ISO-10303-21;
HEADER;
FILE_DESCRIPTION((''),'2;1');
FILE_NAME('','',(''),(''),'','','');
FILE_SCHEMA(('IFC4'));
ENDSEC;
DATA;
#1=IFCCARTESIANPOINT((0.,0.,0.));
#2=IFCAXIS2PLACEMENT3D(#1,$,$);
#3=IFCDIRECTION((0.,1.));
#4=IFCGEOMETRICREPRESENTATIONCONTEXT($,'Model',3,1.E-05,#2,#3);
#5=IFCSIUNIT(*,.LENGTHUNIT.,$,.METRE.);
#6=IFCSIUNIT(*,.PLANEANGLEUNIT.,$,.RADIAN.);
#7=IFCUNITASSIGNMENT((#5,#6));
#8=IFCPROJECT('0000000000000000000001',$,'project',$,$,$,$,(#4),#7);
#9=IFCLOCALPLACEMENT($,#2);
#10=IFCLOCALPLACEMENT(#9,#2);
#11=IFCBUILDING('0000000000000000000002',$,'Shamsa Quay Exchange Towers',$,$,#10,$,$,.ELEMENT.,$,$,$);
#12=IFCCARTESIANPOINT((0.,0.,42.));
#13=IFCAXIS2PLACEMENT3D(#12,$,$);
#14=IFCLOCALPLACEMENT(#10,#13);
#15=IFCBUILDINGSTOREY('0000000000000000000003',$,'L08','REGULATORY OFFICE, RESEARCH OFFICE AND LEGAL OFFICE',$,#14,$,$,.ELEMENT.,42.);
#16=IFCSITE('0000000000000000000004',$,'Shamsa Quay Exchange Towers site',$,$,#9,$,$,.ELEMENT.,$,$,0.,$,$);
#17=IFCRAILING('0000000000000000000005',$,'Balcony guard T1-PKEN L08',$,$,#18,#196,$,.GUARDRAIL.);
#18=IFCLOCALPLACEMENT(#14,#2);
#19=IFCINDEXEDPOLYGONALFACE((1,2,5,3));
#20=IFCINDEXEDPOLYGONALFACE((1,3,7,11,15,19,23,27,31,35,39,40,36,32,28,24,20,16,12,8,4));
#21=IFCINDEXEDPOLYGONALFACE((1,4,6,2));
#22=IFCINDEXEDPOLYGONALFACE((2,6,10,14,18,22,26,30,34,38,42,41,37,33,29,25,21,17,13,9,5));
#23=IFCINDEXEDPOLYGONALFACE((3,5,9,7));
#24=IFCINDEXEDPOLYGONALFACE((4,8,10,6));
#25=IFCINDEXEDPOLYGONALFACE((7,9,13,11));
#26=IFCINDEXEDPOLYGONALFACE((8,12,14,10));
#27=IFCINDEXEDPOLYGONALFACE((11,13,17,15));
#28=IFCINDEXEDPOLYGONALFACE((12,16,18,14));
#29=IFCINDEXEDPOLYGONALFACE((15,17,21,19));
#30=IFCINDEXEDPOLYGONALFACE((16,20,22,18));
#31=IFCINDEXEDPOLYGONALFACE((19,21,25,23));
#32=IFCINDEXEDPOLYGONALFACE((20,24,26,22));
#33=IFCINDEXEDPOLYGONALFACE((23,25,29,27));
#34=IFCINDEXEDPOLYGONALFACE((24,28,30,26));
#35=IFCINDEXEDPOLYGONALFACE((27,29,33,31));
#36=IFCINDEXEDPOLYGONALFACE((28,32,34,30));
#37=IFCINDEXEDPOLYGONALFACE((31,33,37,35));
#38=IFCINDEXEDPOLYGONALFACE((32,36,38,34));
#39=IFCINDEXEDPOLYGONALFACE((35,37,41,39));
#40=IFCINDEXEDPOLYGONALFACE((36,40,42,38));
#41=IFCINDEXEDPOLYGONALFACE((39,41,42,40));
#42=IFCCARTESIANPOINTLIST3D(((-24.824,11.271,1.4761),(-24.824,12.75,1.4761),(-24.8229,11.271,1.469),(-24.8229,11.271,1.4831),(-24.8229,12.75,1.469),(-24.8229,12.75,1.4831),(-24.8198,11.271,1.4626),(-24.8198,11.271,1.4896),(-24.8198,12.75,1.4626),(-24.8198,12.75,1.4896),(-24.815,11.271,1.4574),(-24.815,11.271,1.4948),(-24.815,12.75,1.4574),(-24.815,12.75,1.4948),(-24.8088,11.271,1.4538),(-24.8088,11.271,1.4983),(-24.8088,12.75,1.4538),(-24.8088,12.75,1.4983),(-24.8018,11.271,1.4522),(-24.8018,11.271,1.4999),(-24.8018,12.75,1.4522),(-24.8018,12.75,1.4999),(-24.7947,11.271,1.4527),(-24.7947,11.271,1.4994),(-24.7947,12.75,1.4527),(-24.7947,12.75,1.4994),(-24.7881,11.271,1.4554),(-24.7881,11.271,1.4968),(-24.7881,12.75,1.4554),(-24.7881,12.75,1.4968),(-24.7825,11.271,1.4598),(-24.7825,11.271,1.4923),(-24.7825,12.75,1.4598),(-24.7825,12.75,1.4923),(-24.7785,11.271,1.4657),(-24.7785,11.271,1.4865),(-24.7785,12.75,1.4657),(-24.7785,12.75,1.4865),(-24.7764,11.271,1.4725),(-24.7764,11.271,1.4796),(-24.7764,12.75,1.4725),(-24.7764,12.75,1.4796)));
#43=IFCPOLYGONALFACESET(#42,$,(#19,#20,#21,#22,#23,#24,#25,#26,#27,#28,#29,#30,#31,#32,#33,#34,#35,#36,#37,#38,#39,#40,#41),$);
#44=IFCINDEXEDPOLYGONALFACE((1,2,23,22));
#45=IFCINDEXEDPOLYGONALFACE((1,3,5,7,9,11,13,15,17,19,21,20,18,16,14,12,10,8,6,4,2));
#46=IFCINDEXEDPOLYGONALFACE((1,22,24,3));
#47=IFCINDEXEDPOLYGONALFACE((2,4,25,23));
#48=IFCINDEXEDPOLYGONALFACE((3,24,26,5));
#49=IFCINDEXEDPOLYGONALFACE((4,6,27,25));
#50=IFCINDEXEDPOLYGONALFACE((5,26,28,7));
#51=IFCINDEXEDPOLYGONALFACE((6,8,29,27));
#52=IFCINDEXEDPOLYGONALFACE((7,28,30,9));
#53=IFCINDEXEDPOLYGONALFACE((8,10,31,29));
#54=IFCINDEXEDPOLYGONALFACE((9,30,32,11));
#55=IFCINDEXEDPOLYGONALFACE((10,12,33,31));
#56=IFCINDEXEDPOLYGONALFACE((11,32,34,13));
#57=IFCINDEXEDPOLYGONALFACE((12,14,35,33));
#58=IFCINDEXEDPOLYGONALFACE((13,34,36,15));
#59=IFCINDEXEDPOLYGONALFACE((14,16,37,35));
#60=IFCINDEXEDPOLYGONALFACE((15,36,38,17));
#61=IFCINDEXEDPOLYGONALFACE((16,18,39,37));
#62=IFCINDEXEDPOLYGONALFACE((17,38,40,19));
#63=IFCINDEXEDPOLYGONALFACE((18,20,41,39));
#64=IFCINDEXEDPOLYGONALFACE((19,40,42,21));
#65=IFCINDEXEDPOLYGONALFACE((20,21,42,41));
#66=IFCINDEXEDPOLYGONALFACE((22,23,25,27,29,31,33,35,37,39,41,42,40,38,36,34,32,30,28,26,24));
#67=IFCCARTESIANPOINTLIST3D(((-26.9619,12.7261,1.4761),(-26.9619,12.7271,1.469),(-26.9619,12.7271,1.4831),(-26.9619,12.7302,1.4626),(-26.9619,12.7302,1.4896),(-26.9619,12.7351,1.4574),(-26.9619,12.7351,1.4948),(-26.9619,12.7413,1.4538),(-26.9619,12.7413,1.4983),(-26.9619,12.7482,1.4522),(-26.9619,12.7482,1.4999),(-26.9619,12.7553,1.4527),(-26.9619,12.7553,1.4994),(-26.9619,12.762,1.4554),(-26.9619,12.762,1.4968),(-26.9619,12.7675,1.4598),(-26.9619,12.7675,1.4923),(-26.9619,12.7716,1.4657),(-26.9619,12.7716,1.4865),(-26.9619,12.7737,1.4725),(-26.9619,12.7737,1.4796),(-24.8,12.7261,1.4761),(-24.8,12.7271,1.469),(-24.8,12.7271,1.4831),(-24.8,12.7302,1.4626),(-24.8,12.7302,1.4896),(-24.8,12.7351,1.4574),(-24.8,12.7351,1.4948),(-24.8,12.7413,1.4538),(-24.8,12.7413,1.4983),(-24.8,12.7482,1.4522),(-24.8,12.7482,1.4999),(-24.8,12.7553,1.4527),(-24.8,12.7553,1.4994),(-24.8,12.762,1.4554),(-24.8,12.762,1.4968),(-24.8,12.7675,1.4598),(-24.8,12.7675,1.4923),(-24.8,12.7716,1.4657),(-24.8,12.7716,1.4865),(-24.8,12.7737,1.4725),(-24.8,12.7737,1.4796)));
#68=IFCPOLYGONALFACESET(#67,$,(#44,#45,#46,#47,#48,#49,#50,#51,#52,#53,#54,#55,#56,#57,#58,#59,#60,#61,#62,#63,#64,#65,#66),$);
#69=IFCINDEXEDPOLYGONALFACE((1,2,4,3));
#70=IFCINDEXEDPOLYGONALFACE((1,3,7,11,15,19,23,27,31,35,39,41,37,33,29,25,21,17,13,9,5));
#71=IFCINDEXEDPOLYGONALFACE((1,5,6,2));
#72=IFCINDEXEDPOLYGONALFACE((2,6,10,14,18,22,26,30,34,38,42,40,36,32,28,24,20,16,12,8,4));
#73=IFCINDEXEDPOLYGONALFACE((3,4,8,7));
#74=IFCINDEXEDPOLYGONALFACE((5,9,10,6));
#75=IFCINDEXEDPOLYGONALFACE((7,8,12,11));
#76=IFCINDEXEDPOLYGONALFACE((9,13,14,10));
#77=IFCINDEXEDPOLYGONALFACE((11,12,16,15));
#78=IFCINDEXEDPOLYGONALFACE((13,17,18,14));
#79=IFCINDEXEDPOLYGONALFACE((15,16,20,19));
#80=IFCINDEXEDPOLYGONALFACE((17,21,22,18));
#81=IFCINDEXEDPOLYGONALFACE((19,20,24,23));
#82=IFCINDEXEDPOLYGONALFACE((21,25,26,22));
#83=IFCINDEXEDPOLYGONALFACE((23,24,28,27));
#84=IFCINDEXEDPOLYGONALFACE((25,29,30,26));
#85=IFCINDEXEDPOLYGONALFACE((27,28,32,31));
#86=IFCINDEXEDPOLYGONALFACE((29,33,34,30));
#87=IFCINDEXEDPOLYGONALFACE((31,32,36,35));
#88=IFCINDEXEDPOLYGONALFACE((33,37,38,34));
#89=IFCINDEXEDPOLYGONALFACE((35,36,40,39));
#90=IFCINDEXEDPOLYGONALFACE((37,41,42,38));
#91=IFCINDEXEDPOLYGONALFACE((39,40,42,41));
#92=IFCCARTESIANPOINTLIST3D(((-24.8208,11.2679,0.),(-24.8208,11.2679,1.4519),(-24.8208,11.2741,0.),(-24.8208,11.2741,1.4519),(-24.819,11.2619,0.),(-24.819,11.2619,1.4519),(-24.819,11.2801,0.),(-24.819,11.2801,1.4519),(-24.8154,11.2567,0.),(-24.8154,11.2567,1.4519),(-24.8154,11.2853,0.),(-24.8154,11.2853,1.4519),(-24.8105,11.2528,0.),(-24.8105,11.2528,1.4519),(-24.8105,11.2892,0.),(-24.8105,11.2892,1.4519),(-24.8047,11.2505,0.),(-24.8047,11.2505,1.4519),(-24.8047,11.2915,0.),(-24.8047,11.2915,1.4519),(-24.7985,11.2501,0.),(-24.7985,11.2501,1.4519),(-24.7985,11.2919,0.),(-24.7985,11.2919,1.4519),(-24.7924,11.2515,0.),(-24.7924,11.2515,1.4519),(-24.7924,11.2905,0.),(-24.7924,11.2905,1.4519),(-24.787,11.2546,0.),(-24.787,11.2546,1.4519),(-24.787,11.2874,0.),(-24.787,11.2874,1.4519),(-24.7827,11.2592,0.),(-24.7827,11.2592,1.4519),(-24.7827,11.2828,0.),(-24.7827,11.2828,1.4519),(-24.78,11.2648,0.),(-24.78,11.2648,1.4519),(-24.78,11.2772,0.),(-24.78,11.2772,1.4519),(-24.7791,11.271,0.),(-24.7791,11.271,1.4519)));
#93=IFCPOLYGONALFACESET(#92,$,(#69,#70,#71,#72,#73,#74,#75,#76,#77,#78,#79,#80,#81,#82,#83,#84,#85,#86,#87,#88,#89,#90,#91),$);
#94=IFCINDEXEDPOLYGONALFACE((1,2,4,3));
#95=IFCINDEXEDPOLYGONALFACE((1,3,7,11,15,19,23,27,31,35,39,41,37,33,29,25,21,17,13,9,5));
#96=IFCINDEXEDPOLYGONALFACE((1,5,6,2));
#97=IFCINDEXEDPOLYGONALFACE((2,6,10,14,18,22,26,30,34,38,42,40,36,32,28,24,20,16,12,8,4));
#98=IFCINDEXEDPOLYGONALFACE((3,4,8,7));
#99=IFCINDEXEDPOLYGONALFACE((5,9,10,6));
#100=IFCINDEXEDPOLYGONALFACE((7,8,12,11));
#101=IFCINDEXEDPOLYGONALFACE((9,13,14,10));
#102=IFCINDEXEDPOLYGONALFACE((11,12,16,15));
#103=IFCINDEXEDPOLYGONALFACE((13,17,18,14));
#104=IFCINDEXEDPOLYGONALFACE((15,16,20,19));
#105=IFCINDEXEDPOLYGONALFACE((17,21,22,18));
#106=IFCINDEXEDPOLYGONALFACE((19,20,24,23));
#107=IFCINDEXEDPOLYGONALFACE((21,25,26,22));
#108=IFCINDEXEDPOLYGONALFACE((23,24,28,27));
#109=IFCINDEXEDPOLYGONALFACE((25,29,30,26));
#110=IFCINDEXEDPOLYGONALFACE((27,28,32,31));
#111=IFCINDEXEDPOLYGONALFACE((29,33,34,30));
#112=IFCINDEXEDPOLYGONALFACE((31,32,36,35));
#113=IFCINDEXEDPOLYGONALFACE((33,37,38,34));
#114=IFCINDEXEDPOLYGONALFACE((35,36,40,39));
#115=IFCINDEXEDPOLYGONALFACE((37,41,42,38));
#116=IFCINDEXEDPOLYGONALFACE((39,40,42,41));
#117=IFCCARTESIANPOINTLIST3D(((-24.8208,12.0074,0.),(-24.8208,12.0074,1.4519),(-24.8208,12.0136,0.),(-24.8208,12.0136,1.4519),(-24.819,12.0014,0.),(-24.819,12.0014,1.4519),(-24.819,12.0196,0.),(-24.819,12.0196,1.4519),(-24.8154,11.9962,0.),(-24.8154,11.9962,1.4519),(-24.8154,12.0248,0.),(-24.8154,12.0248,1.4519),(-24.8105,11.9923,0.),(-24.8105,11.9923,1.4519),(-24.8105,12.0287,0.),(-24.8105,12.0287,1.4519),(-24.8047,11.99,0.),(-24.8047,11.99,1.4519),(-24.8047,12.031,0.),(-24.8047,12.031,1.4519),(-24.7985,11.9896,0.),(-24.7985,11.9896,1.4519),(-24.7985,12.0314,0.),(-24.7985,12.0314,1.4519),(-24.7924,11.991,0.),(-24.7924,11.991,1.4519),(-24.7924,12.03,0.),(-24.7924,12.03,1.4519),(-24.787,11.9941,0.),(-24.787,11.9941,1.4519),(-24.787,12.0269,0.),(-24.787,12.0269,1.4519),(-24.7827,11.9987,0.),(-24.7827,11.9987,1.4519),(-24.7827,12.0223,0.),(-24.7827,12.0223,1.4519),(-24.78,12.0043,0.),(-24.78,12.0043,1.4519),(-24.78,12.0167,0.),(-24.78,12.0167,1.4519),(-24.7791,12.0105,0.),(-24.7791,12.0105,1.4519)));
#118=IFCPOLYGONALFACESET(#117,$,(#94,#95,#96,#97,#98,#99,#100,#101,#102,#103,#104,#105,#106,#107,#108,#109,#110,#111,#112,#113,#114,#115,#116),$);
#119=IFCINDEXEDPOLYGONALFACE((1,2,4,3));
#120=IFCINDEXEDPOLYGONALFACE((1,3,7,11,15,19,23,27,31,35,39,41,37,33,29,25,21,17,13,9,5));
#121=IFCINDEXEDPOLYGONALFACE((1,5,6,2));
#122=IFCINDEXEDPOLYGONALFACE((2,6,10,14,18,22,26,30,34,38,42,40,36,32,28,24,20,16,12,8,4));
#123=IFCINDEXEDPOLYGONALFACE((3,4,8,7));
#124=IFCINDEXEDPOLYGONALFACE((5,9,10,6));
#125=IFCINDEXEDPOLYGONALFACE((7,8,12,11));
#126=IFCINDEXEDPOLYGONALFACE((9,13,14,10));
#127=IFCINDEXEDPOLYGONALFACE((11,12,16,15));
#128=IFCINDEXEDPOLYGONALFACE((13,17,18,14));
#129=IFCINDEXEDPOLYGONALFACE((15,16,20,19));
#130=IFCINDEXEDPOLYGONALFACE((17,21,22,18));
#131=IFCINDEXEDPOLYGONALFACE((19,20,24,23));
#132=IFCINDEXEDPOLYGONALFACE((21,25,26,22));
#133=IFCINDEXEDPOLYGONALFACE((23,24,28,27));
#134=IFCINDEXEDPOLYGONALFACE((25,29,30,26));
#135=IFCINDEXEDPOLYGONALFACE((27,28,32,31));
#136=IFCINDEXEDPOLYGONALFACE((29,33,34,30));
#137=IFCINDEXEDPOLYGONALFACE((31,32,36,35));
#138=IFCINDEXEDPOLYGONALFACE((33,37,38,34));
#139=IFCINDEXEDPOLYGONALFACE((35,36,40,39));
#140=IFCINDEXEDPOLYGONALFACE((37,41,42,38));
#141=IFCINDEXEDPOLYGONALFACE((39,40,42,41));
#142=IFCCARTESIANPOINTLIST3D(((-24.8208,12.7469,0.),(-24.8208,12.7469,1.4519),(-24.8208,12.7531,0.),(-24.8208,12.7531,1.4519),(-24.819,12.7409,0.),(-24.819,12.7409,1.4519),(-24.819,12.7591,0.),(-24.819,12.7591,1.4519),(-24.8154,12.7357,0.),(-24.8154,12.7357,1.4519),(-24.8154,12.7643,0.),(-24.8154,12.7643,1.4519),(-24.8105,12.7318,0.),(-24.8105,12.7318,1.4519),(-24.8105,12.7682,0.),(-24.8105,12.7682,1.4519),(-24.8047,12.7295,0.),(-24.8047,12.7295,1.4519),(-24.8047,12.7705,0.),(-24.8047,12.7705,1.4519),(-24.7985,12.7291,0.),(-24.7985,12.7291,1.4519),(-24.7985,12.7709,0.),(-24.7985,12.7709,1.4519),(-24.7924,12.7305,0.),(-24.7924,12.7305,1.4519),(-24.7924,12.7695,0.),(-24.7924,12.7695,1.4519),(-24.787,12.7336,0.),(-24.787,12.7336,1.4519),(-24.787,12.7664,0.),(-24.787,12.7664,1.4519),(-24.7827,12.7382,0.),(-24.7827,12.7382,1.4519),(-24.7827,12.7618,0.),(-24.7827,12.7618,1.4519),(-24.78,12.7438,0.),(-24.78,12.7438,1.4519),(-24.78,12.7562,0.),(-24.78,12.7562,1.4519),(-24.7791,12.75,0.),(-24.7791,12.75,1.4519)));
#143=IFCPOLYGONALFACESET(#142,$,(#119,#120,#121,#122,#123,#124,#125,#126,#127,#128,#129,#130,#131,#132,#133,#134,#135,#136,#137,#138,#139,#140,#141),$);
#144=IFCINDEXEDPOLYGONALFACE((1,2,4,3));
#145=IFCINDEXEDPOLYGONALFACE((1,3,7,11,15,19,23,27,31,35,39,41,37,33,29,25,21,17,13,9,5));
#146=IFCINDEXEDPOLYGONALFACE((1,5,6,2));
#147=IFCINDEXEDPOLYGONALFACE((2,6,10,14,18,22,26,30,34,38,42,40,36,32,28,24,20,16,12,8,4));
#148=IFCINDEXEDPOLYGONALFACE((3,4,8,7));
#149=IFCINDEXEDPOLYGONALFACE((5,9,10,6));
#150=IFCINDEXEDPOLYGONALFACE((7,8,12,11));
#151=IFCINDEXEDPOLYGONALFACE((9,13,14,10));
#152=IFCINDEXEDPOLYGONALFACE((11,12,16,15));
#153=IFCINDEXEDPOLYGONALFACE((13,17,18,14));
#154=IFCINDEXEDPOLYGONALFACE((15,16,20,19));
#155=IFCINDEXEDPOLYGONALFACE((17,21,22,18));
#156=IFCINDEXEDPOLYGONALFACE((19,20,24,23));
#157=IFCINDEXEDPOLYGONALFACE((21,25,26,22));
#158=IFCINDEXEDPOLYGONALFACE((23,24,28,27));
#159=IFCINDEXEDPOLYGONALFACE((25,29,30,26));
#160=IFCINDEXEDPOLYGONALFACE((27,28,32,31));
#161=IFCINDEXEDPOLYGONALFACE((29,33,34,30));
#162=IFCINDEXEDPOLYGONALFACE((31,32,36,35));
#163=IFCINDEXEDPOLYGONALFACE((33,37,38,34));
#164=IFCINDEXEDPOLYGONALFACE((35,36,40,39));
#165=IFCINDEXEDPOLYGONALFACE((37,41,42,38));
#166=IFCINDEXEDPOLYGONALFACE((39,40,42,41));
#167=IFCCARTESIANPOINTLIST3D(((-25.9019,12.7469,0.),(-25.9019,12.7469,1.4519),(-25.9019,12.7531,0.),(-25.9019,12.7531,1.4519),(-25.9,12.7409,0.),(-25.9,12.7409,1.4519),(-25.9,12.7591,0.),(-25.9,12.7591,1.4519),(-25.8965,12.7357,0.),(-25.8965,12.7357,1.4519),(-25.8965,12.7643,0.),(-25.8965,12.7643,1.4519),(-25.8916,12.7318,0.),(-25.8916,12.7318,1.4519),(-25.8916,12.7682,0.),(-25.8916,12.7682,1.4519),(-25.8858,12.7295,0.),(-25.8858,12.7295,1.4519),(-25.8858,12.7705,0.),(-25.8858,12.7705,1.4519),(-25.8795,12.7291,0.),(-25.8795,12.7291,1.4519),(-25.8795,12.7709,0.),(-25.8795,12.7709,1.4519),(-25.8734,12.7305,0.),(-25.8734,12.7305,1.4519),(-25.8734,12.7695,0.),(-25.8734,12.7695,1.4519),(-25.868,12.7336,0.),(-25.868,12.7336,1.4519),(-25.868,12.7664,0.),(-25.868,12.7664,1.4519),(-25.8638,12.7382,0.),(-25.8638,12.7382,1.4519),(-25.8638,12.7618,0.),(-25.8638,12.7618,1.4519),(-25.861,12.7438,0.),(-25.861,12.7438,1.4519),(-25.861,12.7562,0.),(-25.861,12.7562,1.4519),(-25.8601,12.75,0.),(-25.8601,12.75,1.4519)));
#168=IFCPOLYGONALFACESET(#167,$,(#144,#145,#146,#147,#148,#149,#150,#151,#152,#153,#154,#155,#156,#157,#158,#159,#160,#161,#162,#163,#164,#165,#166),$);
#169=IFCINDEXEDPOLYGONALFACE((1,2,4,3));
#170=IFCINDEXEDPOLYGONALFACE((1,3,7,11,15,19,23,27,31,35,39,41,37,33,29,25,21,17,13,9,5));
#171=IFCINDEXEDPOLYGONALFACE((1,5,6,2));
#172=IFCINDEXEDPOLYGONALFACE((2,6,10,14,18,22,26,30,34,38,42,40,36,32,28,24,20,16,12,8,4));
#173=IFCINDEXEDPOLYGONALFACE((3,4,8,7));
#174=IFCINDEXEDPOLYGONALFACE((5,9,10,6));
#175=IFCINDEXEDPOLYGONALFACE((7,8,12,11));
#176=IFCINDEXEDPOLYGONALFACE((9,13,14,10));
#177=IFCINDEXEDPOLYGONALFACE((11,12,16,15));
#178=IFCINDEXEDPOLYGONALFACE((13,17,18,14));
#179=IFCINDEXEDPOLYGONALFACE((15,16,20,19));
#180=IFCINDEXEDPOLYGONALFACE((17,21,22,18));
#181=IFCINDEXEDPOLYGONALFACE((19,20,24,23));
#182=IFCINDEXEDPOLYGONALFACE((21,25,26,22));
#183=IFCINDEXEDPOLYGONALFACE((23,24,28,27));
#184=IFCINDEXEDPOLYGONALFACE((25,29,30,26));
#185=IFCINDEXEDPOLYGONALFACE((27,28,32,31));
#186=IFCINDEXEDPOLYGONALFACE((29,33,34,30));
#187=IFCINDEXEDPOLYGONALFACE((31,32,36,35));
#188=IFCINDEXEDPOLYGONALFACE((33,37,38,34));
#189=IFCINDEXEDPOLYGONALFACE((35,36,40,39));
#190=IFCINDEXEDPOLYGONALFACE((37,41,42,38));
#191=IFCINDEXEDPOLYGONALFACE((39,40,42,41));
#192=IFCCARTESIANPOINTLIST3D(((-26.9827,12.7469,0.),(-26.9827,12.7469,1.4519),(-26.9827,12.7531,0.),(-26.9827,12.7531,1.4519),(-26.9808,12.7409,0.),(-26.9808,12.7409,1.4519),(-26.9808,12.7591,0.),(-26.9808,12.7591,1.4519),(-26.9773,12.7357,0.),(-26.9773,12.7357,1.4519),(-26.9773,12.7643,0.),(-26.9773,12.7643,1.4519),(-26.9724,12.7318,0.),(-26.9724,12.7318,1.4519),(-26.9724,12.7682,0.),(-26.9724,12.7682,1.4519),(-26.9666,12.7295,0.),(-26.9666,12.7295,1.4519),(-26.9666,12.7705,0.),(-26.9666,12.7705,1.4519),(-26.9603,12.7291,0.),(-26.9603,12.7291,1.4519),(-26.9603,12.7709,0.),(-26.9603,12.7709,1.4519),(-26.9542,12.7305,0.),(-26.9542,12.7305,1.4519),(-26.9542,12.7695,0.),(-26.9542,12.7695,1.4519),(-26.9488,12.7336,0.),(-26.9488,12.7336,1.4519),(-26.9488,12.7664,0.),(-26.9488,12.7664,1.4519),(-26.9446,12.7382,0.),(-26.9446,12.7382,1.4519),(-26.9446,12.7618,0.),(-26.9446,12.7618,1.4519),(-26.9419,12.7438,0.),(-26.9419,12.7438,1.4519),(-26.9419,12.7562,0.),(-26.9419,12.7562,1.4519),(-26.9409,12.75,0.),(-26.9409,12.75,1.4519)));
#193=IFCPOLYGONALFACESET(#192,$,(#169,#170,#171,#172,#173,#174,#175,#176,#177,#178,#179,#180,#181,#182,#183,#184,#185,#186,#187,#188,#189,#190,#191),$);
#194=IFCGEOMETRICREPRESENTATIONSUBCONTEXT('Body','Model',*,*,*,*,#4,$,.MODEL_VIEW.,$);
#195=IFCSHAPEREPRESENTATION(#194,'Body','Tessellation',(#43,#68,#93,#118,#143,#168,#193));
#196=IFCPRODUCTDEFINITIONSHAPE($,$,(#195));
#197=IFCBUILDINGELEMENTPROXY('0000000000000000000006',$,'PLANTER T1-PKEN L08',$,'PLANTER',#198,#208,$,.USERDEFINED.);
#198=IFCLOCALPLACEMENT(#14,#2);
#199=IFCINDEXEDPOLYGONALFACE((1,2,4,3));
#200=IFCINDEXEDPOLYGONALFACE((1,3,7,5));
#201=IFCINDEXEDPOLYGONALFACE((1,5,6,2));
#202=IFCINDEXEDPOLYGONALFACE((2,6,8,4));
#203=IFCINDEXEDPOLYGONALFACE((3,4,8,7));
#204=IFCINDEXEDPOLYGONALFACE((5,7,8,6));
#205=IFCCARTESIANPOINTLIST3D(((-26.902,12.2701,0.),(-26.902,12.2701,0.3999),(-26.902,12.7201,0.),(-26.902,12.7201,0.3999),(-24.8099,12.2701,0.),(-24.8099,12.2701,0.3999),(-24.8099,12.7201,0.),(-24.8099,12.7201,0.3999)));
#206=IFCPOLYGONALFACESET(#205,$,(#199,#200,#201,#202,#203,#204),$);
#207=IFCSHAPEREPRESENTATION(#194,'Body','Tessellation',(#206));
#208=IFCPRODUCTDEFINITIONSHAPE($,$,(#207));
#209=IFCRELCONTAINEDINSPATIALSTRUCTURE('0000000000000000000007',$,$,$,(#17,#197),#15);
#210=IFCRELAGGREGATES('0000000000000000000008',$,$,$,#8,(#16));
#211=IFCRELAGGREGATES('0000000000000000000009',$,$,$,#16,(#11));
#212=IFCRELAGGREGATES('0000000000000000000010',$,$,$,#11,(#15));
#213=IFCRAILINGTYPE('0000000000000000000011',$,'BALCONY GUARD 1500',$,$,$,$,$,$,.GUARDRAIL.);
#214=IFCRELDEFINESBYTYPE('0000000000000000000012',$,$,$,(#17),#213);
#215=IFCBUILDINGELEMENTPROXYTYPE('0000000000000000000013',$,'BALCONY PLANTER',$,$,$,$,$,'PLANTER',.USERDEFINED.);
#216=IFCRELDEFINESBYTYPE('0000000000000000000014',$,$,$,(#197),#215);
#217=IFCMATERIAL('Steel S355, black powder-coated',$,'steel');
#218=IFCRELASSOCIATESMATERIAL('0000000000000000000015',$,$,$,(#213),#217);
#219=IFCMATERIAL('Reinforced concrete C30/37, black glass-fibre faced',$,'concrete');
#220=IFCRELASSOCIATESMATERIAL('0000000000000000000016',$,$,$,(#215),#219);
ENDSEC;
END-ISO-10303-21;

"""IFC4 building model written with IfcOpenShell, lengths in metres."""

from ifc_helpers import new_model, si_unit, direction, frame, origin, origin_2d, place, context, subcontext, project, spatial, rectangle, circle, extrude, material, type_object, element, save


model = new_model("IFC4")

# Units and contexts
model_context = context("Model", 3, precision=1e-05, world=origin(), true_north=direction((0.0, 1.0)))
body_context = subcontext(model_context, "Body", "Model", "MODEL_VIEW")
ifc_project = project(units=[si_unit("LENGTHUNIT", "METRE"), si_unit("PLANEANGLEUNIT", "RADIAN")], contexts=[model_context])

# Site, building, storey
site_placement = place(None, origin())
site = spatial("IfcSite", under=ifc_project, at=site_placement, Name="Shamsa Quay Exchange Towers site", CompositionType="ELEMENT", RefElevation=0.0)
building_placement = place(site_placement, origin())
building = spatial("IfcBuilding", under=site, at=building_placement, Name="Shamsa Quay Exchange Towers", CompositionType="ELEMENT")
storey_placement = place(building_placement, frame((0.0, 0.0, 42.0)))
storey = spatial("IfcBuildingStorey", under=building, at=storey_placement, Name="L08", Description="REGULATORY OFFICE, RESEARCH OFFICE AND LEGAL OFFICE", CompositionType="ELEMENT", Elevation=42.0)

# Railing
ifc_material_1 = material(Name="Steel S355, black powder-coated", Category="steel")
railing_type = type_object("IfcRailingType", Name="BALCONY GUARD 1500", PredefinedType="GUARDRAIL", material=ifc_material_1)
railing_placement = place(storey_placement, frame((-24.8, 11.271, 0.0)))
element("IfcRailing", 1, at=railing_placement, inside=storey, type_object=railing_type, Name="Balcony guard T1-PKEN L08", PredefinedType="GUARDRAIL", context=body_context, shape_type="SweptSolid", body=[
    extrude(circle(Radius=0.0239, at=origin_2d()), frame((0.0, 0.0, 1.4761), z_axis=(0.0, 1.0, 0.0), x_axis=(-1.0, 0.0, 0.0)), (0.0, 0.0, 1.0), 1.479),
    extrude(circle(Radius=0.0239, at=origin_2d()), frame((0.0, 1.479, 1.4761), z_axis=(-1.0, 0.0, 0.0), x_axis=(0.0, -1.0, 0.0)), (0.0, 0.0, 1.0), 2.1619),
    extrude(circle(Radius=0.021, at=origin_2d()), origin(), (0.0, 0.0, 1.0), 1.4519),
    extrude(circle(Radius=0.021, at=origin_2d()), frame((0.0, 0.7395, 0.0)), (0.0, 0.0, 1.0), 1.4519),
    extrude(circle(Radius=0.021, at=origin_2d()), frame((0.0, 1.479, 0.0)), (0.0, 0.0, 1.0), 1.4519),
    extrude(circle(Radius=0.021, at=origin_2d()), frame((-1.0811, 1.479, 0.0)), (0.0, 0.0, 1.0), 1.4519),
    extrude(circle(Radius=0.021, at=origin_2d()), frame((-2.1619, 1.479, 0.0)), (0.0, 0.0, 1.0), 1.4519),
])

# Building element proxy
ifc_material_2 = material(Name="Reinforced concrete C30/37, black glass-fibre faced", Category="concrete")
building_element_proxy_type = type_object("IfcBuildingElementProxyType", Name="BALCONY PLANTER", ElementType="PLANTER", PredefinedType="USERDEFINED", material=ifc_material_2)
proxy_placement = place(storey_placement, frame((-25.856, 12.4951, 0.0), z_axis=(0.0, 0.0, 1.0), x_axis=(-1.0, 0.0, 0.0)))
element("IfcBuildingElementProxy", 2, at=proxy_placement, inside=storey, type_object=building_element_proxy_type, Name="PLANTER T1-PKEN L08", ObjectType="PLANTER", PredefinedType="USERDEFINED", context=body_context, shape_type="SweptSolid", body=[
    extrude(rectangle(XDim=2.092, YDim=0.45, at=origin_2d()), origin(), (0.0, 0.0, 1.0), 0.3999),
])

save(model, "model.ifc")
